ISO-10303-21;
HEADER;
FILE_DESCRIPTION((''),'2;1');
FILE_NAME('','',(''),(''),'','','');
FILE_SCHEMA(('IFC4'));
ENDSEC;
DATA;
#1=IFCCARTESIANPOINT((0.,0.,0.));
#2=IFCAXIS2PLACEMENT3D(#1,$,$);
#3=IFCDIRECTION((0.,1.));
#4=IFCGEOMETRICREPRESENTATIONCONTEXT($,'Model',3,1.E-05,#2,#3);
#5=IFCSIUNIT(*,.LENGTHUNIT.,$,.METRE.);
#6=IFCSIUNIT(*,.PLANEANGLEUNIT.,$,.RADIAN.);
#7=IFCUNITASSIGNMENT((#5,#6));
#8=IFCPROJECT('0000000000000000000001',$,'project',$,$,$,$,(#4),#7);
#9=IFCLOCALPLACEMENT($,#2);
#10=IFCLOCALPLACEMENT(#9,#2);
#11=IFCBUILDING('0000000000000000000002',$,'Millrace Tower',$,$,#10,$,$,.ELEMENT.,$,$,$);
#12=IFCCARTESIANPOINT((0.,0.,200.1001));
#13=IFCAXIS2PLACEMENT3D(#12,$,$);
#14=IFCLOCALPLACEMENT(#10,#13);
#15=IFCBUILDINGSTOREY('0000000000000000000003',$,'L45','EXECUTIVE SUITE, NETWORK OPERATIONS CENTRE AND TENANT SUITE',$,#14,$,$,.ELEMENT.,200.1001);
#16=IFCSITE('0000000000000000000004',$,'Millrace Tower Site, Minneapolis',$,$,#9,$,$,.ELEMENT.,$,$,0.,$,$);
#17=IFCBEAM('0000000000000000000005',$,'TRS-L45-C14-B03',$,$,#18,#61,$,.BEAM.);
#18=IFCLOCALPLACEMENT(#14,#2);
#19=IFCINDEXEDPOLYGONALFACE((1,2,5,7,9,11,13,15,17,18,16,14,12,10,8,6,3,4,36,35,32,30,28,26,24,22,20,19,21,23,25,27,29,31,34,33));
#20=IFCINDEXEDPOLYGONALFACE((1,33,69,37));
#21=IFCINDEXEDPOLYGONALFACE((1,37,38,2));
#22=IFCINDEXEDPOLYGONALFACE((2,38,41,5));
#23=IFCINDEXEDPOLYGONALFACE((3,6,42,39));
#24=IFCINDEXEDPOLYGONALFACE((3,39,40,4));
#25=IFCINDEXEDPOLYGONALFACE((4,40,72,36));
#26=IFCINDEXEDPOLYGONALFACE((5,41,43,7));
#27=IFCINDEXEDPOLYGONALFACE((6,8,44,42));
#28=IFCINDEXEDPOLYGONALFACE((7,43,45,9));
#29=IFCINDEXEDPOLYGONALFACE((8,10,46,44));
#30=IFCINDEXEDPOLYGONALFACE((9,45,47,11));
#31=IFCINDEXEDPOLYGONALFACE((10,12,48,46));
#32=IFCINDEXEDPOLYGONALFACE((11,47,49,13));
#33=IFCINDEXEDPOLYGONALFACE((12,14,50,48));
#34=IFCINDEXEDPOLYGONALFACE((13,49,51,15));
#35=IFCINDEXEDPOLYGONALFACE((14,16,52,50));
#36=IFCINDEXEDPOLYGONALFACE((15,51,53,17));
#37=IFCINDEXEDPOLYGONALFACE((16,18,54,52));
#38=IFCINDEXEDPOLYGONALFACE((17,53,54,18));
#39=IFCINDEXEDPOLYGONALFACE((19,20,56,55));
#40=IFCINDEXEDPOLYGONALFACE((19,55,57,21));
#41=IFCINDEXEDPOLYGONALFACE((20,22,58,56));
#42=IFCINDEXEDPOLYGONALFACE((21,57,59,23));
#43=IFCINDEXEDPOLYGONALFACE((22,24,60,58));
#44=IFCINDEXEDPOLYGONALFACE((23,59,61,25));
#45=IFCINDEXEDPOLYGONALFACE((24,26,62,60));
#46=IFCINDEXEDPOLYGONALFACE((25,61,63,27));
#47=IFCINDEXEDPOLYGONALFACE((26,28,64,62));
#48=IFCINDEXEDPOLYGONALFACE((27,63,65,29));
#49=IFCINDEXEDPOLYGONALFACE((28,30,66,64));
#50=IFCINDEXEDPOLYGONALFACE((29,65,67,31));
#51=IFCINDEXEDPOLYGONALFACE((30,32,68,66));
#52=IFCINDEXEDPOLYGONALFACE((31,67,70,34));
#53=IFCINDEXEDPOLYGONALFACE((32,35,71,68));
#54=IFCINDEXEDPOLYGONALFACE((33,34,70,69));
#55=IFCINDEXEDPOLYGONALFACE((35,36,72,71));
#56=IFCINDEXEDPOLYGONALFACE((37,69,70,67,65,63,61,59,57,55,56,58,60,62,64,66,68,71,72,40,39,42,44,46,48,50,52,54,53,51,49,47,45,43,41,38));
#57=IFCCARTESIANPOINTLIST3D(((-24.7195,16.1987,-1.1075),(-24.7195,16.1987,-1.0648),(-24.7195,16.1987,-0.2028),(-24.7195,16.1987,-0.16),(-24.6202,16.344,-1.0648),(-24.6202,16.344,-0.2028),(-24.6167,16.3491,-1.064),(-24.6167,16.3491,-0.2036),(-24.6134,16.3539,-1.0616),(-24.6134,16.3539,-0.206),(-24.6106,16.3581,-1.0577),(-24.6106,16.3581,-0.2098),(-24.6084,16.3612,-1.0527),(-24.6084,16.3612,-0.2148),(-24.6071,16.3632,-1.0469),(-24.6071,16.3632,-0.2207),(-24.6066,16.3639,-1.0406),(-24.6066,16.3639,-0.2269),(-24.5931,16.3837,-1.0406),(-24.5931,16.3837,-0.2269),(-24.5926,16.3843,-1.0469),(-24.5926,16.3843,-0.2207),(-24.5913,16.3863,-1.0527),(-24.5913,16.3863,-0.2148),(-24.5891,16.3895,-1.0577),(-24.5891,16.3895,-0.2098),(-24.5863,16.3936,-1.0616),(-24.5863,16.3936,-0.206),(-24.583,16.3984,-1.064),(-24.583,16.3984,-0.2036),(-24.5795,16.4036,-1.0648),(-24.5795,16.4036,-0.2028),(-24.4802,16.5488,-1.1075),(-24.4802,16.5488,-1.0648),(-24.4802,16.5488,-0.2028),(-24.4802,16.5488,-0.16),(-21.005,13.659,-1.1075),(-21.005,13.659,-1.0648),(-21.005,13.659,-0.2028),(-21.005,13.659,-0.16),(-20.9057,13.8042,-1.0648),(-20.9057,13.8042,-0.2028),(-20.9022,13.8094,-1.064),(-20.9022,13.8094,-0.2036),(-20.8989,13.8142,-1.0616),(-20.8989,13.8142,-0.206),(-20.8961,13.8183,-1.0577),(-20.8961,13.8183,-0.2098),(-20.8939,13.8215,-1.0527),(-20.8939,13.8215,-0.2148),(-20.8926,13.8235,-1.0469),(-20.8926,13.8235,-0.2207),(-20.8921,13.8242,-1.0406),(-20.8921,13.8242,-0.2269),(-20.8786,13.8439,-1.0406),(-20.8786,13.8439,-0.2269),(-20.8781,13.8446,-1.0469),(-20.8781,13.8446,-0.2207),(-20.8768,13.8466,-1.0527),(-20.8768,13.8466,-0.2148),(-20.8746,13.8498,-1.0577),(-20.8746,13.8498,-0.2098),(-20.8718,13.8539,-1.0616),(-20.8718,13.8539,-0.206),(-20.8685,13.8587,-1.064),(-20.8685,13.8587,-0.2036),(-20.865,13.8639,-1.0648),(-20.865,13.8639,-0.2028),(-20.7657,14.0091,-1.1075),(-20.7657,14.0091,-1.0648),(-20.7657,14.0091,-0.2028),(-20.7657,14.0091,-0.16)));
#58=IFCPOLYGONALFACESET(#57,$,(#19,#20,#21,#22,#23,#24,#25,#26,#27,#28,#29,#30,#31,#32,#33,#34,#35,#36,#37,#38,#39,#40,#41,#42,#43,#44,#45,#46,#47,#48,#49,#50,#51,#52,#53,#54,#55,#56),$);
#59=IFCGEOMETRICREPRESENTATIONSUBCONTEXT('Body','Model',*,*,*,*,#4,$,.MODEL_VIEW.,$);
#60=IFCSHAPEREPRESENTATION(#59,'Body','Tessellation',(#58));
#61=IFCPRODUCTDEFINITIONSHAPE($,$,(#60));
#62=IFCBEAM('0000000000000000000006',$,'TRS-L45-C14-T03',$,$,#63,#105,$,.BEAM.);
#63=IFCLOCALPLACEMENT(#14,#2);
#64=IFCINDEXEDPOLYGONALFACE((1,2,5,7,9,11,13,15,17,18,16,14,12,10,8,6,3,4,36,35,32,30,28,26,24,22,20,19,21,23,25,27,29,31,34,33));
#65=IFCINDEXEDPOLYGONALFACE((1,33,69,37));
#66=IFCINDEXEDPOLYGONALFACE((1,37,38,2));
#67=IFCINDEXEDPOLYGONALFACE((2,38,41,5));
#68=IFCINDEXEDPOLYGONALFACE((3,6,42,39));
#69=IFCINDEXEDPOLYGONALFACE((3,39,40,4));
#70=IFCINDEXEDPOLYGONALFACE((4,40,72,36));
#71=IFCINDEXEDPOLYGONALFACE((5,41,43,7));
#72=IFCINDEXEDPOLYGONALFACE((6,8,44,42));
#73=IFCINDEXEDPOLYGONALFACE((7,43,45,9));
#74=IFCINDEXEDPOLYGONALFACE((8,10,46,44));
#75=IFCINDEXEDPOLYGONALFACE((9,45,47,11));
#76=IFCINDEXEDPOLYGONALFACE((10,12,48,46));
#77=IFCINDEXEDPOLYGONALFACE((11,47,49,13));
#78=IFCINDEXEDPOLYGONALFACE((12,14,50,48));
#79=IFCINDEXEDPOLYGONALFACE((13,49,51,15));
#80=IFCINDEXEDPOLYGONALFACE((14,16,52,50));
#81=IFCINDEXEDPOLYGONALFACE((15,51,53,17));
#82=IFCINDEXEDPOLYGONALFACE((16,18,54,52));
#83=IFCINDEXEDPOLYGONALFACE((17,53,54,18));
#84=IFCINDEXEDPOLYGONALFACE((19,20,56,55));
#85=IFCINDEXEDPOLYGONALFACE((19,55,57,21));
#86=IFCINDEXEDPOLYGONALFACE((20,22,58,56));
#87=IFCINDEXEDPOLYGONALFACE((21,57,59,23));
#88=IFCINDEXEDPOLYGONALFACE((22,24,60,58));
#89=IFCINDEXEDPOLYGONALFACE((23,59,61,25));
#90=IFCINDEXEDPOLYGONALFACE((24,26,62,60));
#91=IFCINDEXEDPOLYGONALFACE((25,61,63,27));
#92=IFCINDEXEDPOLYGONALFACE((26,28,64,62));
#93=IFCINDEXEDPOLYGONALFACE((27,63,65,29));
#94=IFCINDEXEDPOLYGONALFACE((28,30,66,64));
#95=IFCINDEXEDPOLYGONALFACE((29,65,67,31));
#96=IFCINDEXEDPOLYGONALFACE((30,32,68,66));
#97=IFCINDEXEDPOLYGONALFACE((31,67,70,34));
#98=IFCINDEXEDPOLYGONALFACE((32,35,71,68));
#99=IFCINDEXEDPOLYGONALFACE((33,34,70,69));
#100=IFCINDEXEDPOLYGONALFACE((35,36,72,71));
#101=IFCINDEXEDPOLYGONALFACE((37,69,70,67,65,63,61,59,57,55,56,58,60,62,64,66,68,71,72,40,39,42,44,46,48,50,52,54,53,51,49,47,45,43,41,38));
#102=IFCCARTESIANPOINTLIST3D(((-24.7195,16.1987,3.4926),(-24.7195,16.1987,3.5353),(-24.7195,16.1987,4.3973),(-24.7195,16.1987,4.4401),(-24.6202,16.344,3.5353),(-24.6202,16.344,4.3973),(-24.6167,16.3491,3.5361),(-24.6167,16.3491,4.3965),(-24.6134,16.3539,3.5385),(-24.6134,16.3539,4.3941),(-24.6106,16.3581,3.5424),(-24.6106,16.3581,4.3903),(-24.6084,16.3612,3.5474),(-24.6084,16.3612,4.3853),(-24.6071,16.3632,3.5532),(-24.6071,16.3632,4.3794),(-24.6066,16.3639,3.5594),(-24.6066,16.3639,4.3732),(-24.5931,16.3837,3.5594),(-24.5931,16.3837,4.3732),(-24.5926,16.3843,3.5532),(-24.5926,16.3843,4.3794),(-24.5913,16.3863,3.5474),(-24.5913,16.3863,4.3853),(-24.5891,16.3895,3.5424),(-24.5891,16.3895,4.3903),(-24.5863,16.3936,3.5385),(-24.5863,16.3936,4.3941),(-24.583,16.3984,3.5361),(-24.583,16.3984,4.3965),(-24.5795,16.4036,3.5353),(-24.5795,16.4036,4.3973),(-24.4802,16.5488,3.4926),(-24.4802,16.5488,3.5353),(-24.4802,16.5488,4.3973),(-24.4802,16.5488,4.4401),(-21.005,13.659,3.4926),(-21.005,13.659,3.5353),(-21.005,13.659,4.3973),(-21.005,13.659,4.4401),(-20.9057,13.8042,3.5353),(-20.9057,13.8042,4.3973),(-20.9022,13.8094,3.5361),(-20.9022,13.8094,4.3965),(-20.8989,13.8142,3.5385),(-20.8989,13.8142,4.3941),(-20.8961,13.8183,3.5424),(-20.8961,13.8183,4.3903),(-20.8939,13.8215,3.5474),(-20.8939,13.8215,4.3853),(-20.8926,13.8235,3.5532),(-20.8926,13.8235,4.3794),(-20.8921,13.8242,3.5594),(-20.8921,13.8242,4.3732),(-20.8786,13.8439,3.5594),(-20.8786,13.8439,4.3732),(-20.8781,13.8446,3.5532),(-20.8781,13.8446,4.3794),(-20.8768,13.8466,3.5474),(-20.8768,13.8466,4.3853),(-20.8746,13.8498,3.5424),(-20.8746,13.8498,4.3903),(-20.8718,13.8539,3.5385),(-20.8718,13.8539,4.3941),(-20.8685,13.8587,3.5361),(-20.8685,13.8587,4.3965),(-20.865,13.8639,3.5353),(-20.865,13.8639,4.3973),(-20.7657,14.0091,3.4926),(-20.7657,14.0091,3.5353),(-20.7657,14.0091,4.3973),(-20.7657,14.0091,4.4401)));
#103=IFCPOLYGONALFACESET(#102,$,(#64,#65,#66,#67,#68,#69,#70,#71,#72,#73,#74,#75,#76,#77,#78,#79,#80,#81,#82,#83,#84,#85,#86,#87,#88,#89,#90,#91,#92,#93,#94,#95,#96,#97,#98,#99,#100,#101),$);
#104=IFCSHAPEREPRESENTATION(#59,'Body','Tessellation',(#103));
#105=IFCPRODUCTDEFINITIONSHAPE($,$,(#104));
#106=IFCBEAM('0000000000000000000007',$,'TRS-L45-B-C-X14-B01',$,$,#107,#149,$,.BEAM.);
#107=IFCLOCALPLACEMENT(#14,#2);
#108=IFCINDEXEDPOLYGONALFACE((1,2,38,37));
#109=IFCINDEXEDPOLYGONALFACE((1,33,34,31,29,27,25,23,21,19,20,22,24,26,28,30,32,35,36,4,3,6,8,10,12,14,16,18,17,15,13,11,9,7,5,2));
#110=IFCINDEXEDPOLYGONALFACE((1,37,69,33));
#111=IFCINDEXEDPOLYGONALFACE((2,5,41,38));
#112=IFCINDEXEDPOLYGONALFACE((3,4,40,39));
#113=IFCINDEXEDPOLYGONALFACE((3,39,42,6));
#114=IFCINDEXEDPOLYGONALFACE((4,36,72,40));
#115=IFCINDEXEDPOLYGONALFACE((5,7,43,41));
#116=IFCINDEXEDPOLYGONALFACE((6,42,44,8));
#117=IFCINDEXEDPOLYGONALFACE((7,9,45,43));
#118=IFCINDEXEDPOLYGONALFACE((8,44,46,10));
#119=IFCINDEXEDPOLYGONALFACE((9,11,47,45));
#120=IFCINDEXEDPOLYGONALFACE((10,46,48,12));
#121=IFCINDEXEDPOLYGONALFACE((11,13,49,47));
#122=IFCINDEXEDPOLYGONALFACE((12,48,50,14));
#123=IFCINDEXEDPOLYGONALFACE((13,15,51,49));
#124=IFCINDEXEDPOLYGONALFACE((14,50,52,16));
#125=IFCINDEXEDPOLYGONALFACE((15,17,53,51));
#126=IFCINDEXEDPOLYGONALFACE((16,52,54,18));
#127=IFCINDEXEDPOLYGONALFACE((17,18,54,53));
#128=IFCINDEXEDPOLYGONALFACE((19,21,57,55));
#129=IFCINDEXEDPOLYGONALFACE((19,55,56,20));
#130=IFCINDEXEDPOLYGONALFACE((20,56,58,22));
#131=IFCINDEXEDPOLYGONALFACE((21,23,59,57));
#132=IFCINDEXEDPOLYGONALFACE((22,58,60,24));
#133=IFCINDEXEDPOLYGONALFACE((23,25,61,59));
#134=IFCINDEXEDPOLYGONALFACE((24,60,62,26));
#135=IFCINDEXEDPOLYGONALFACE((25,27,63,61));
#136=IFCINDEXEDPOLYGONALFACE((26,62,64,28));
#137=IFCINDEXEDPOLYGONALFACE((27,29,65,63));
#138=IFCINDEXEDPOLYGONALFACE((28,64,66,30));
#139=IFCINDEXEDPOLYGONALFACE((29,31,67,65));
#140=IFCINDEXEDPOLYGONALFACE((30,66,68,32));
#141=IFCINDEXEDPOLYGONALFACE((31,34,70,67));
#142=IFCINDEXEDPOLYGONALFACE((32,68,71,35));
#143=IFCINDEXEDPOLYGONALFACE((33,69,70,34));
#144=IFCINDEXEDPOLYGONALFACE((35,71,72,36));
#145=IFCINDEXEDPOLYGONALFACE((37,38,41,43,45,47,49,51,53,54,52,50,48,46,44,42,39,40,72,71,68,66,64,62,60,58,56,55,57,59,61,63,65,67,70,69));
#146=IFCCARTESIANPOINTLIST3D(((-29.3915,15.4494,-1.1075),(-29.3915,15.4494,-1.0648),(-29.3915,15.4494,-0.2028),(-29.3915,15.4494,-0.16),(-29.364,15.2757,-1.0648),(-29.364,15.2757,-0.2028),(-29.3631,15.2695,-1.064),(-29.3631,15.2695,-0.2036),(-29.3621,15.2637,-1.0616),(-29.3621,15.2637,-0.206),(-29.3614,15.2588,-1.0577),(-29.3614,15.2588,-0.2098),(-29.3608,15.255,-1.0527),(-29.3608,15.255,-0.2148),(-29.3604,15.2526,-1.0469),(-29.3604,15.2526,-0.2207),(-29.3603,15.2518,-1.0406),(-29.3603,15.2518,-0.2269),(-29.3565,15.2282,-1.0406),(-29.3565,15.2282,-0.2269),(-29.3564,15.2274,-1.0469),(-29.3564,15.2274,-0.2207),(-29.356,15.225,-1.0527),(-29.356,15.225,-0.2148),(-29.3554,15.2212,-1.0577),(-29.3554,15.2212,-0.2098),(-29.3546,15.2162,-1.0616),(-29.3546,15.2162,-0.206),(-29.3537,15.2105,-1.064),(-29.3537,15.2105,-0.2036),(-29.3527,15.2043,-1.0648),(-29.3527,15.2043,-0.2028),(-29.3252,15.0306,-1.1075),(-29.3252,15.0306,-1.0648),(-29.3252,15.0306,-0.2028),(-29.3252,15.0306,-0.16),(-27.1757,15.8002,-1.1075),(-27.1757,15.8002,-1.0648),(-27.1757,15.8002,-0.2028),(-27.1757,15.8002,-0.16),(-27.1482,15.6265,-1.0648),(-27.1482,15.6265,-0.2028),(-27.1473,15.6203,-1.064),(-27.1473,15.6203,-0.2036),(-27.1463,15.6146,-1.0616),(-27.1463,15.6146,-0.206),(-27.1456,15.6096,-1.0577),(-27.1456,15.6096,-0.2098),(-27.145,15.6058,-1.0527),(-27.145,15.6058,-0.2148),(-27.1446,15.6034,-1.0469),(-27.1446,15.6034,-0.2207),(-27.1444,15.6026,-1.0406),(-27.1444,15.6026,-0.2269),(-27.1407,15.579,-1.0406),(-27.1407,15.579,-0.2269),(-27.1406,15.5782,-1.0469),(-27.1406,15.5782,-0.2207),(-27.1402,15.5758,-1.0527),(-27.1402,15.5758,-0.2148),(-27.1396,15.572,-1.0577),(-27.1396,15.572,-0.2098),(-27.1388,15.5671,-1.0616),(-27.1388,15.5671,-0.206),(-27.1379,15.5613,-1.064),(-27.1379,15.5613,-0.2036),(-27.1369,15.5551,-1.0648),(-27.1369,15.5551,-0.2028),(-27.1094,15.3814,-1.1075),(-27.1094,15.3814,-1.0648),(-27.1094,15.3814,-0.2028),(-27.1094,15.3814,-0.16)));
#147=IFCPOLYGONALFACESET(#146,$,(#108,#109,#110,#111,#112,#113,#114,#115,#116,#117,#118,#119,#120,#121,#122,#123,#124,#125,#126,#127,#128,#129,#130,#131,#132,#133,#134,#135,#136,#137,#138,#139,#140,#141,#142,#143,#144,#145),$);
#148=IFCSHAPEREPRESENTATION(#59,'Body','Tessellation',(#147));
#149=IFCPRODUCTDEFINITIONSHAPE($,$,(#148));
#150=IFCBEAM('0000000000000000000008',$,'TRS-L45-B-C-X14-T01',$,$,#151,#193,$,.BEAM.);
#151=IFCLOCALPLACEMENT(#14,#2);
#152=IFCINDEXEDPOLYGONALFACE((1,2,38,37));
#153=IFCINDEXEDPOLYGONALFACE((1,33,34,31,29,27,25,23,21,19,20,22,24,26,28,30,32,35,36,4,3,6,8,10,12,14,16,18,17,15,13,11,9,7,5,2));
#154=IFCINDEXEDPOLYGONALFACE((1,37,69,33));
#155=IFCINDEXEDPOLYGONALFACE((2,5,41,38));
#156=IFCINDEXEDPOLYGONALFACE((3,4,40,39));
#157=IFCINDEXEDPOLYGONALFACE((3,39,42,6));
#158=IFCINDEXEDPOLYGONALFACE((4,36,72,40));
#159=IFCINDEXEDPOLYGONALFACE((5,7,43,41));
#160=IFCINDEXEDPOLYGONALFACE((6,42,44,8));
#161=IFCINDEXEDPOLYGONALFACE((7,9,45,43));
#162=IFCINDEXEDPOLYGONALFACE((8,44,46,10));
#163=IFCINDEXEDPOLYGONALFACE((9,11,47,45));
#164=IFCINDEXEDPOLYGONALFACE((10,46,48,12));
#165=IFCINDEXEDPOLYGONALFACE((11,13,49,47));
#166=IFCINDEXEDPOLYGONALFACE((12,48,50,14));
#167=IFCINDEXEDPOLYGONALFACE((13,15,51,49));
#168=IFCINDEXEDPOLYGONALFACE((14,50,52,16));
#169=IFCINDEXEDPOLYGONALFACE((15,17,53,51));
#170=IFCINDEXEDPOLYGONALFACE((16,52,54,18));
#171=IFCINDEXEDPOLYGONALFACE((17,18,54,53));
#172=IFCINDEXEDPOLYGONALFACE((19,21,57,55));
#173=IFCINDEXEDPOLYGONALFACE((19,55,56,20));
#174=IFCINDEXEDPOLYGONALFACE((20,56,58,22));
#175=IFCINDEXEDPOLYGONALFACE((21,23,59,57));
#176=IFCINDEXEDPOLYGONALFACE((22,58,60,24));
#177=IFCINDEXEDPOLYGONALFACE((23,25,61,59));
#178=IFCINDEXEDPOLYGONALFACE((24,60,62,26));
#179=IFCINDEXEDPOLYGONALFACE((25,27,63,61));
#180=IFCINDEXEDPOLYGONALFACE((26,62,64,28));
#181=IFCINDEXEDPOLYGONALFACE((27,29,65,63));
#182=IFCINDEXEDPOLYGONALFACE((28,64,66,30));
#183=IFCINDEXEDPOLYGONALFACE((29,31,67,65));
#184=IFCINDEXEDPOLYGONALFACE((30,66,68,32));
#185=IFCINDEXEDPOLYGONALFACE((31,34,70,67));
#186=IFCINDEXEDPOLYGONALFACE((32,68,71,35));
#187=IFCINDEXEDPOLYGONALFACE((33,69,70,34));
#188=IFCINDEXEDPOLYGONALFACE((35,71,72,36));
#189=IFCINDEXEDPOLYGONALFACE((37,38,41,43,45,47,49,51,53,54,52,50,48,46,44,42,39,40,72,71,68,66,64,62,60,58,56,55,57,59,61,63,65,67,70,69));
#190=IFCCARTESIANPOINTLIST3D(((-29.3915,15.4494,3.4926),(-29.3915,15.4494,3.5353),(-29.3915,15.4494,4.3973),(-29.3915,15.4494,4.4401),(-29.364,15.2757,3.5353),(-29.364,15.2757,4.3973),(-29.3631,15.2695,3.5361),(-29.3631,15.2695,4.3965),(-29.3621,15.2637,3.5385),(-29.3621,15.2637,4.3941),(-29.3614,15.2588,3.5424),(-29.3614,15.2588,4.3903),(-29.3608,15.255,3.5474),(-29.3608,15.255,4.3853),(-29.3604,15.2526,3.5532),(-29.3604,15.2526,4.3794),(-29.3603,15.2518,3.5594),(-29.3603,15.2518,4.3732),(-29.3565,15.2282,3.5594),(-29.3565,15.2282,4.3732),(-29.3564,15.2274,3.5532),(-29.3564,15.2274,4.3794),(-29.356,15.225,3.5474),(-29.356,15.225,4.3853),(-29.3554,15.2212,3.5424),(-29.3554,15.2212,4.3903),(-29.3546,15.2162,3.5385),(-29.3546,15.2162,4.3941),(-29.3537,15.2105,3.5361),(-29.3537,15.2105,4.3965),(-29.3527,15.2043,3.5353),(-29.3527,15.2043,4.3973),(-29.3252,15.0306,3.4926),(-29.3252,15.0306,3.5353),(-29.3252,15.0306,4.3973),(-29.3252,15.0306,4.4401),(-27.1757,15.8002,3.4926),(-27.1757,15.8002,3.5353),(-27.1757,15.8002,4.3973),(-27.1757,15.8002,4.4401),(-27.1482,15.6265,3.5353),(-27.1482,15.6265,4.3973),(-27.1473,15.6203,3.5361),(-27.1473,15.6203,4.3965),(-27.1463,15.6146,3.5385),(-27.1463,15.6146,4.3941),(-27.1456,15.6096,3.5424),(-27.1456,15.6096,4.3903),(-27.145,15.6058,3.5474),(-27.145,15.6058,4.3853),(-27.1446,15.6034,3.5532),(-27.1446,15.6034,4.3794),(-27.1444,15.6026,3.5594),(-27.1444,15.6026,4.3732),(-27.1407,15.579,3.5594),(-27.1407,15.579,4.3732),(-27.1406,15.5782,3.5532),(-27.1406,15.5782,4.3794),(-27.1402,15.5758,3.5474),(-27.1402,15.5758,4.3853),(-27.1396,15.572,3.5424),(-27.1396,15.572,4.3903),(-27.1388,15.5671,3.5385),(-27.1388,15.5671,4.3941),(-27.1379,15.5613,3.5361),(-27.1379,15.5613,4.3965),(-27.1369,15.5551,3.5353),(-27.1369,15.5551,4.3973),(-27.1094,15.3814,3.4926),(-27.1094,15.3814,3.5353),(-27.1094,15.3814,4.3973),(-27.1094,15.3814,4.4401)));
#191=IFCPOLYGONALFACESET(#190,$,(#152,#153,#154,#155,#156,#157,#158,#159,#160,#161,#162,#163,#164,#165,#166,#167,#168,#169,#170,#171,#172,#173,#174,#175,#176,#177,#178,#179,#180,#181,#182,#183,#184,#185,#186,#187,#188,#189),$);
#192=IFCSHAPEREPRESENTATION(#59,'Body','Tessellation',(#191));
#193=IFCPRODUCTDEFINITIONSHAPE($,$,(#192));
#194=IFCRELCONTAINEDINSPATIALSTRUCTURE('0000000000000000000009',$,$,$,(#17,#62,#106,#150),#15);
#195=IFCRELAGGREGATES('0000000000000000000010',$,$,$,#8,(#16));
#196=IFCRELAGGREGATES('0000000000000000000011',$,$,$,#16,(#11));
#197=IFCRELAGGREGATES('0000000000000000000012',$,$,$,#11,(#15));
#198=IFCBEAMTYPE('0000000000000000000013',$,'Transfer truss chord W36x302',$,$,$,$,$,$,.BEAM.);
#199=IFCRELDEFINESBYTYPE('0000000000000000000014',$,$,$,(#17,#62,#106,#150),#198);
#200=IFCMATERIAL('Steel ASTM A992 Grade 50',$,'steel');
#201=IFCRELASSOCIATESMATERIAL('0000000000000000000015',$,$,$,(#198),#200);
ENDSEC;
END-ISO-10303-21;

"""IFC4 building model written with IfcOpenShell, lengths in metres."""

from ifc_helpers import new_model, si_unit, direction, frame, origin, origin_2d, place, context, subcontext, project, spatial, i_section, extrude, material, material_profile, profile_set, type_object, element, save


model = new_model("IFC4")

# Units and contexts
model_context = context("Model", 3, precision=1e-05, world=origin(), true_north=direction((0.0, 1.0)))
body_context = subcontext(model_context, "Body", "Model", "MODEL_VIEW")
ifc_project = project(units=[si_unit("LENGTHUNIT", "METRE"), si_unit("PLANEANGLEUNIT", "RADIAN")], contexts=[model_context])

# Site, building, storey
site_placement = place(None, origin())
site = spatial("IfcSite", under=ifc_project, at=site_placement, Name="Millrace Tower Site, Minneapolis", CompositionType="ELEMENT", RefElevation=0.0)
building_placement = place(site_placement, origin())
building = spatial("IfcBuilding", under=site, at=building_placement, Name="Millrace Tower", CompositionType="ELEMENT")
storey_placement = place(building_placement, frame((0.0, 0.0, 200.1001)))
storey = spatial("IfcBuildingStorey", under=building, at=storey_placement, Name="L45", Description="EXECUTIVE SUITE, NETWORK OPERATIONS CENTRE AND TENANT SUITE", CompositionType="ELEMENT", Elevation=200.1001)

# Beams
ifc_material_1 = material(Name="Steel ASTM A992 Grade 50", Category="steel")
ifc_material_profile_1 = material_profile(ifc_material_1, i_section(OverallWidth=0.4241, OverallDepth=0.9475, WebThickness=0.0239, FlangeThickness=0.0427, FilletRadius=0.0242, at=origin_2d()))
ifc_profile_set_1 = profile_set([ifc_material_profile_1], Name="Steel ASTM A992 Grade 50")
beam_type_1 = type_object("IfcBeamType", Name="Transfer truss chord W36x302", PredefinedType="BEAM", material=ifc_profile_set_1)
for number, where, z_axis, x_axis, name in (
    (1, (-24.5999, 16.3738, -0.6338), (0.825491, -0.564415, 0.0), (0.564415, 0.825491, 0.0), "TRS-L45-C14-B03"),
    (2, (-24.5999, 16.3738, 3.9663), (0.825491, -0.564415, 0.0), (0.564415, 0.825491, 0.0), "TRS-L45-C14-T03"),
):
    element("IfcBeam", number, at=place(storey_placement, frame(where, z_axis=z_axis, x_axis=x_axis)), inside=storey, type_object=beam_type_1, Name=name, PredefinedType="BEAM", context=body_context, shape_type="SweptSolid", body=[
        extrude(i_section(OverallWidth=0.4241, OverallDepth=0.9475, WebThickness=0.0239, FlangeThickness=0.0427, FilletRadius=0.0242, at=origin_2d()), origin(), (0.0, 0.0, 1.0), 4.4998),
    ])
for number, where, z_axis, x_axis, name in (
    (3, (-27.1426, 15.5908, -0.6338), (-0.987697, -0.156382, 0.0), (0.156382, -0.987697, 0.0), "TRS-L45-B-C-X14-B01"),
    (4, (-27.1426, 15.5908, 3.9663), (-0.987697, -0.156382, 0.0), (0.156382, -0.987697, 0.0), "TRS-L45-B-C-X14-T01"),
):
    element("IfcBeam", number, at=place(storey_placement, frame(where, z_axis=z_axis, x_axis=x_axis)), inside=storey, type_object=beam_type_1, Name=name, PredefinedType="BEAM", context=body_context, shape_type="SweptSolid", body=[
        extrude(i_section(OverallWidth=0.4241, OverallDepth=0.9475, WebThickness=0.0239, FlangeThickness=0.0427, FilletRadius=0.0242, at=origin_2d()), origin(), (0.0, 0.0, 1.0), 2.2434),
    ])

save(model, "model.ifc")
